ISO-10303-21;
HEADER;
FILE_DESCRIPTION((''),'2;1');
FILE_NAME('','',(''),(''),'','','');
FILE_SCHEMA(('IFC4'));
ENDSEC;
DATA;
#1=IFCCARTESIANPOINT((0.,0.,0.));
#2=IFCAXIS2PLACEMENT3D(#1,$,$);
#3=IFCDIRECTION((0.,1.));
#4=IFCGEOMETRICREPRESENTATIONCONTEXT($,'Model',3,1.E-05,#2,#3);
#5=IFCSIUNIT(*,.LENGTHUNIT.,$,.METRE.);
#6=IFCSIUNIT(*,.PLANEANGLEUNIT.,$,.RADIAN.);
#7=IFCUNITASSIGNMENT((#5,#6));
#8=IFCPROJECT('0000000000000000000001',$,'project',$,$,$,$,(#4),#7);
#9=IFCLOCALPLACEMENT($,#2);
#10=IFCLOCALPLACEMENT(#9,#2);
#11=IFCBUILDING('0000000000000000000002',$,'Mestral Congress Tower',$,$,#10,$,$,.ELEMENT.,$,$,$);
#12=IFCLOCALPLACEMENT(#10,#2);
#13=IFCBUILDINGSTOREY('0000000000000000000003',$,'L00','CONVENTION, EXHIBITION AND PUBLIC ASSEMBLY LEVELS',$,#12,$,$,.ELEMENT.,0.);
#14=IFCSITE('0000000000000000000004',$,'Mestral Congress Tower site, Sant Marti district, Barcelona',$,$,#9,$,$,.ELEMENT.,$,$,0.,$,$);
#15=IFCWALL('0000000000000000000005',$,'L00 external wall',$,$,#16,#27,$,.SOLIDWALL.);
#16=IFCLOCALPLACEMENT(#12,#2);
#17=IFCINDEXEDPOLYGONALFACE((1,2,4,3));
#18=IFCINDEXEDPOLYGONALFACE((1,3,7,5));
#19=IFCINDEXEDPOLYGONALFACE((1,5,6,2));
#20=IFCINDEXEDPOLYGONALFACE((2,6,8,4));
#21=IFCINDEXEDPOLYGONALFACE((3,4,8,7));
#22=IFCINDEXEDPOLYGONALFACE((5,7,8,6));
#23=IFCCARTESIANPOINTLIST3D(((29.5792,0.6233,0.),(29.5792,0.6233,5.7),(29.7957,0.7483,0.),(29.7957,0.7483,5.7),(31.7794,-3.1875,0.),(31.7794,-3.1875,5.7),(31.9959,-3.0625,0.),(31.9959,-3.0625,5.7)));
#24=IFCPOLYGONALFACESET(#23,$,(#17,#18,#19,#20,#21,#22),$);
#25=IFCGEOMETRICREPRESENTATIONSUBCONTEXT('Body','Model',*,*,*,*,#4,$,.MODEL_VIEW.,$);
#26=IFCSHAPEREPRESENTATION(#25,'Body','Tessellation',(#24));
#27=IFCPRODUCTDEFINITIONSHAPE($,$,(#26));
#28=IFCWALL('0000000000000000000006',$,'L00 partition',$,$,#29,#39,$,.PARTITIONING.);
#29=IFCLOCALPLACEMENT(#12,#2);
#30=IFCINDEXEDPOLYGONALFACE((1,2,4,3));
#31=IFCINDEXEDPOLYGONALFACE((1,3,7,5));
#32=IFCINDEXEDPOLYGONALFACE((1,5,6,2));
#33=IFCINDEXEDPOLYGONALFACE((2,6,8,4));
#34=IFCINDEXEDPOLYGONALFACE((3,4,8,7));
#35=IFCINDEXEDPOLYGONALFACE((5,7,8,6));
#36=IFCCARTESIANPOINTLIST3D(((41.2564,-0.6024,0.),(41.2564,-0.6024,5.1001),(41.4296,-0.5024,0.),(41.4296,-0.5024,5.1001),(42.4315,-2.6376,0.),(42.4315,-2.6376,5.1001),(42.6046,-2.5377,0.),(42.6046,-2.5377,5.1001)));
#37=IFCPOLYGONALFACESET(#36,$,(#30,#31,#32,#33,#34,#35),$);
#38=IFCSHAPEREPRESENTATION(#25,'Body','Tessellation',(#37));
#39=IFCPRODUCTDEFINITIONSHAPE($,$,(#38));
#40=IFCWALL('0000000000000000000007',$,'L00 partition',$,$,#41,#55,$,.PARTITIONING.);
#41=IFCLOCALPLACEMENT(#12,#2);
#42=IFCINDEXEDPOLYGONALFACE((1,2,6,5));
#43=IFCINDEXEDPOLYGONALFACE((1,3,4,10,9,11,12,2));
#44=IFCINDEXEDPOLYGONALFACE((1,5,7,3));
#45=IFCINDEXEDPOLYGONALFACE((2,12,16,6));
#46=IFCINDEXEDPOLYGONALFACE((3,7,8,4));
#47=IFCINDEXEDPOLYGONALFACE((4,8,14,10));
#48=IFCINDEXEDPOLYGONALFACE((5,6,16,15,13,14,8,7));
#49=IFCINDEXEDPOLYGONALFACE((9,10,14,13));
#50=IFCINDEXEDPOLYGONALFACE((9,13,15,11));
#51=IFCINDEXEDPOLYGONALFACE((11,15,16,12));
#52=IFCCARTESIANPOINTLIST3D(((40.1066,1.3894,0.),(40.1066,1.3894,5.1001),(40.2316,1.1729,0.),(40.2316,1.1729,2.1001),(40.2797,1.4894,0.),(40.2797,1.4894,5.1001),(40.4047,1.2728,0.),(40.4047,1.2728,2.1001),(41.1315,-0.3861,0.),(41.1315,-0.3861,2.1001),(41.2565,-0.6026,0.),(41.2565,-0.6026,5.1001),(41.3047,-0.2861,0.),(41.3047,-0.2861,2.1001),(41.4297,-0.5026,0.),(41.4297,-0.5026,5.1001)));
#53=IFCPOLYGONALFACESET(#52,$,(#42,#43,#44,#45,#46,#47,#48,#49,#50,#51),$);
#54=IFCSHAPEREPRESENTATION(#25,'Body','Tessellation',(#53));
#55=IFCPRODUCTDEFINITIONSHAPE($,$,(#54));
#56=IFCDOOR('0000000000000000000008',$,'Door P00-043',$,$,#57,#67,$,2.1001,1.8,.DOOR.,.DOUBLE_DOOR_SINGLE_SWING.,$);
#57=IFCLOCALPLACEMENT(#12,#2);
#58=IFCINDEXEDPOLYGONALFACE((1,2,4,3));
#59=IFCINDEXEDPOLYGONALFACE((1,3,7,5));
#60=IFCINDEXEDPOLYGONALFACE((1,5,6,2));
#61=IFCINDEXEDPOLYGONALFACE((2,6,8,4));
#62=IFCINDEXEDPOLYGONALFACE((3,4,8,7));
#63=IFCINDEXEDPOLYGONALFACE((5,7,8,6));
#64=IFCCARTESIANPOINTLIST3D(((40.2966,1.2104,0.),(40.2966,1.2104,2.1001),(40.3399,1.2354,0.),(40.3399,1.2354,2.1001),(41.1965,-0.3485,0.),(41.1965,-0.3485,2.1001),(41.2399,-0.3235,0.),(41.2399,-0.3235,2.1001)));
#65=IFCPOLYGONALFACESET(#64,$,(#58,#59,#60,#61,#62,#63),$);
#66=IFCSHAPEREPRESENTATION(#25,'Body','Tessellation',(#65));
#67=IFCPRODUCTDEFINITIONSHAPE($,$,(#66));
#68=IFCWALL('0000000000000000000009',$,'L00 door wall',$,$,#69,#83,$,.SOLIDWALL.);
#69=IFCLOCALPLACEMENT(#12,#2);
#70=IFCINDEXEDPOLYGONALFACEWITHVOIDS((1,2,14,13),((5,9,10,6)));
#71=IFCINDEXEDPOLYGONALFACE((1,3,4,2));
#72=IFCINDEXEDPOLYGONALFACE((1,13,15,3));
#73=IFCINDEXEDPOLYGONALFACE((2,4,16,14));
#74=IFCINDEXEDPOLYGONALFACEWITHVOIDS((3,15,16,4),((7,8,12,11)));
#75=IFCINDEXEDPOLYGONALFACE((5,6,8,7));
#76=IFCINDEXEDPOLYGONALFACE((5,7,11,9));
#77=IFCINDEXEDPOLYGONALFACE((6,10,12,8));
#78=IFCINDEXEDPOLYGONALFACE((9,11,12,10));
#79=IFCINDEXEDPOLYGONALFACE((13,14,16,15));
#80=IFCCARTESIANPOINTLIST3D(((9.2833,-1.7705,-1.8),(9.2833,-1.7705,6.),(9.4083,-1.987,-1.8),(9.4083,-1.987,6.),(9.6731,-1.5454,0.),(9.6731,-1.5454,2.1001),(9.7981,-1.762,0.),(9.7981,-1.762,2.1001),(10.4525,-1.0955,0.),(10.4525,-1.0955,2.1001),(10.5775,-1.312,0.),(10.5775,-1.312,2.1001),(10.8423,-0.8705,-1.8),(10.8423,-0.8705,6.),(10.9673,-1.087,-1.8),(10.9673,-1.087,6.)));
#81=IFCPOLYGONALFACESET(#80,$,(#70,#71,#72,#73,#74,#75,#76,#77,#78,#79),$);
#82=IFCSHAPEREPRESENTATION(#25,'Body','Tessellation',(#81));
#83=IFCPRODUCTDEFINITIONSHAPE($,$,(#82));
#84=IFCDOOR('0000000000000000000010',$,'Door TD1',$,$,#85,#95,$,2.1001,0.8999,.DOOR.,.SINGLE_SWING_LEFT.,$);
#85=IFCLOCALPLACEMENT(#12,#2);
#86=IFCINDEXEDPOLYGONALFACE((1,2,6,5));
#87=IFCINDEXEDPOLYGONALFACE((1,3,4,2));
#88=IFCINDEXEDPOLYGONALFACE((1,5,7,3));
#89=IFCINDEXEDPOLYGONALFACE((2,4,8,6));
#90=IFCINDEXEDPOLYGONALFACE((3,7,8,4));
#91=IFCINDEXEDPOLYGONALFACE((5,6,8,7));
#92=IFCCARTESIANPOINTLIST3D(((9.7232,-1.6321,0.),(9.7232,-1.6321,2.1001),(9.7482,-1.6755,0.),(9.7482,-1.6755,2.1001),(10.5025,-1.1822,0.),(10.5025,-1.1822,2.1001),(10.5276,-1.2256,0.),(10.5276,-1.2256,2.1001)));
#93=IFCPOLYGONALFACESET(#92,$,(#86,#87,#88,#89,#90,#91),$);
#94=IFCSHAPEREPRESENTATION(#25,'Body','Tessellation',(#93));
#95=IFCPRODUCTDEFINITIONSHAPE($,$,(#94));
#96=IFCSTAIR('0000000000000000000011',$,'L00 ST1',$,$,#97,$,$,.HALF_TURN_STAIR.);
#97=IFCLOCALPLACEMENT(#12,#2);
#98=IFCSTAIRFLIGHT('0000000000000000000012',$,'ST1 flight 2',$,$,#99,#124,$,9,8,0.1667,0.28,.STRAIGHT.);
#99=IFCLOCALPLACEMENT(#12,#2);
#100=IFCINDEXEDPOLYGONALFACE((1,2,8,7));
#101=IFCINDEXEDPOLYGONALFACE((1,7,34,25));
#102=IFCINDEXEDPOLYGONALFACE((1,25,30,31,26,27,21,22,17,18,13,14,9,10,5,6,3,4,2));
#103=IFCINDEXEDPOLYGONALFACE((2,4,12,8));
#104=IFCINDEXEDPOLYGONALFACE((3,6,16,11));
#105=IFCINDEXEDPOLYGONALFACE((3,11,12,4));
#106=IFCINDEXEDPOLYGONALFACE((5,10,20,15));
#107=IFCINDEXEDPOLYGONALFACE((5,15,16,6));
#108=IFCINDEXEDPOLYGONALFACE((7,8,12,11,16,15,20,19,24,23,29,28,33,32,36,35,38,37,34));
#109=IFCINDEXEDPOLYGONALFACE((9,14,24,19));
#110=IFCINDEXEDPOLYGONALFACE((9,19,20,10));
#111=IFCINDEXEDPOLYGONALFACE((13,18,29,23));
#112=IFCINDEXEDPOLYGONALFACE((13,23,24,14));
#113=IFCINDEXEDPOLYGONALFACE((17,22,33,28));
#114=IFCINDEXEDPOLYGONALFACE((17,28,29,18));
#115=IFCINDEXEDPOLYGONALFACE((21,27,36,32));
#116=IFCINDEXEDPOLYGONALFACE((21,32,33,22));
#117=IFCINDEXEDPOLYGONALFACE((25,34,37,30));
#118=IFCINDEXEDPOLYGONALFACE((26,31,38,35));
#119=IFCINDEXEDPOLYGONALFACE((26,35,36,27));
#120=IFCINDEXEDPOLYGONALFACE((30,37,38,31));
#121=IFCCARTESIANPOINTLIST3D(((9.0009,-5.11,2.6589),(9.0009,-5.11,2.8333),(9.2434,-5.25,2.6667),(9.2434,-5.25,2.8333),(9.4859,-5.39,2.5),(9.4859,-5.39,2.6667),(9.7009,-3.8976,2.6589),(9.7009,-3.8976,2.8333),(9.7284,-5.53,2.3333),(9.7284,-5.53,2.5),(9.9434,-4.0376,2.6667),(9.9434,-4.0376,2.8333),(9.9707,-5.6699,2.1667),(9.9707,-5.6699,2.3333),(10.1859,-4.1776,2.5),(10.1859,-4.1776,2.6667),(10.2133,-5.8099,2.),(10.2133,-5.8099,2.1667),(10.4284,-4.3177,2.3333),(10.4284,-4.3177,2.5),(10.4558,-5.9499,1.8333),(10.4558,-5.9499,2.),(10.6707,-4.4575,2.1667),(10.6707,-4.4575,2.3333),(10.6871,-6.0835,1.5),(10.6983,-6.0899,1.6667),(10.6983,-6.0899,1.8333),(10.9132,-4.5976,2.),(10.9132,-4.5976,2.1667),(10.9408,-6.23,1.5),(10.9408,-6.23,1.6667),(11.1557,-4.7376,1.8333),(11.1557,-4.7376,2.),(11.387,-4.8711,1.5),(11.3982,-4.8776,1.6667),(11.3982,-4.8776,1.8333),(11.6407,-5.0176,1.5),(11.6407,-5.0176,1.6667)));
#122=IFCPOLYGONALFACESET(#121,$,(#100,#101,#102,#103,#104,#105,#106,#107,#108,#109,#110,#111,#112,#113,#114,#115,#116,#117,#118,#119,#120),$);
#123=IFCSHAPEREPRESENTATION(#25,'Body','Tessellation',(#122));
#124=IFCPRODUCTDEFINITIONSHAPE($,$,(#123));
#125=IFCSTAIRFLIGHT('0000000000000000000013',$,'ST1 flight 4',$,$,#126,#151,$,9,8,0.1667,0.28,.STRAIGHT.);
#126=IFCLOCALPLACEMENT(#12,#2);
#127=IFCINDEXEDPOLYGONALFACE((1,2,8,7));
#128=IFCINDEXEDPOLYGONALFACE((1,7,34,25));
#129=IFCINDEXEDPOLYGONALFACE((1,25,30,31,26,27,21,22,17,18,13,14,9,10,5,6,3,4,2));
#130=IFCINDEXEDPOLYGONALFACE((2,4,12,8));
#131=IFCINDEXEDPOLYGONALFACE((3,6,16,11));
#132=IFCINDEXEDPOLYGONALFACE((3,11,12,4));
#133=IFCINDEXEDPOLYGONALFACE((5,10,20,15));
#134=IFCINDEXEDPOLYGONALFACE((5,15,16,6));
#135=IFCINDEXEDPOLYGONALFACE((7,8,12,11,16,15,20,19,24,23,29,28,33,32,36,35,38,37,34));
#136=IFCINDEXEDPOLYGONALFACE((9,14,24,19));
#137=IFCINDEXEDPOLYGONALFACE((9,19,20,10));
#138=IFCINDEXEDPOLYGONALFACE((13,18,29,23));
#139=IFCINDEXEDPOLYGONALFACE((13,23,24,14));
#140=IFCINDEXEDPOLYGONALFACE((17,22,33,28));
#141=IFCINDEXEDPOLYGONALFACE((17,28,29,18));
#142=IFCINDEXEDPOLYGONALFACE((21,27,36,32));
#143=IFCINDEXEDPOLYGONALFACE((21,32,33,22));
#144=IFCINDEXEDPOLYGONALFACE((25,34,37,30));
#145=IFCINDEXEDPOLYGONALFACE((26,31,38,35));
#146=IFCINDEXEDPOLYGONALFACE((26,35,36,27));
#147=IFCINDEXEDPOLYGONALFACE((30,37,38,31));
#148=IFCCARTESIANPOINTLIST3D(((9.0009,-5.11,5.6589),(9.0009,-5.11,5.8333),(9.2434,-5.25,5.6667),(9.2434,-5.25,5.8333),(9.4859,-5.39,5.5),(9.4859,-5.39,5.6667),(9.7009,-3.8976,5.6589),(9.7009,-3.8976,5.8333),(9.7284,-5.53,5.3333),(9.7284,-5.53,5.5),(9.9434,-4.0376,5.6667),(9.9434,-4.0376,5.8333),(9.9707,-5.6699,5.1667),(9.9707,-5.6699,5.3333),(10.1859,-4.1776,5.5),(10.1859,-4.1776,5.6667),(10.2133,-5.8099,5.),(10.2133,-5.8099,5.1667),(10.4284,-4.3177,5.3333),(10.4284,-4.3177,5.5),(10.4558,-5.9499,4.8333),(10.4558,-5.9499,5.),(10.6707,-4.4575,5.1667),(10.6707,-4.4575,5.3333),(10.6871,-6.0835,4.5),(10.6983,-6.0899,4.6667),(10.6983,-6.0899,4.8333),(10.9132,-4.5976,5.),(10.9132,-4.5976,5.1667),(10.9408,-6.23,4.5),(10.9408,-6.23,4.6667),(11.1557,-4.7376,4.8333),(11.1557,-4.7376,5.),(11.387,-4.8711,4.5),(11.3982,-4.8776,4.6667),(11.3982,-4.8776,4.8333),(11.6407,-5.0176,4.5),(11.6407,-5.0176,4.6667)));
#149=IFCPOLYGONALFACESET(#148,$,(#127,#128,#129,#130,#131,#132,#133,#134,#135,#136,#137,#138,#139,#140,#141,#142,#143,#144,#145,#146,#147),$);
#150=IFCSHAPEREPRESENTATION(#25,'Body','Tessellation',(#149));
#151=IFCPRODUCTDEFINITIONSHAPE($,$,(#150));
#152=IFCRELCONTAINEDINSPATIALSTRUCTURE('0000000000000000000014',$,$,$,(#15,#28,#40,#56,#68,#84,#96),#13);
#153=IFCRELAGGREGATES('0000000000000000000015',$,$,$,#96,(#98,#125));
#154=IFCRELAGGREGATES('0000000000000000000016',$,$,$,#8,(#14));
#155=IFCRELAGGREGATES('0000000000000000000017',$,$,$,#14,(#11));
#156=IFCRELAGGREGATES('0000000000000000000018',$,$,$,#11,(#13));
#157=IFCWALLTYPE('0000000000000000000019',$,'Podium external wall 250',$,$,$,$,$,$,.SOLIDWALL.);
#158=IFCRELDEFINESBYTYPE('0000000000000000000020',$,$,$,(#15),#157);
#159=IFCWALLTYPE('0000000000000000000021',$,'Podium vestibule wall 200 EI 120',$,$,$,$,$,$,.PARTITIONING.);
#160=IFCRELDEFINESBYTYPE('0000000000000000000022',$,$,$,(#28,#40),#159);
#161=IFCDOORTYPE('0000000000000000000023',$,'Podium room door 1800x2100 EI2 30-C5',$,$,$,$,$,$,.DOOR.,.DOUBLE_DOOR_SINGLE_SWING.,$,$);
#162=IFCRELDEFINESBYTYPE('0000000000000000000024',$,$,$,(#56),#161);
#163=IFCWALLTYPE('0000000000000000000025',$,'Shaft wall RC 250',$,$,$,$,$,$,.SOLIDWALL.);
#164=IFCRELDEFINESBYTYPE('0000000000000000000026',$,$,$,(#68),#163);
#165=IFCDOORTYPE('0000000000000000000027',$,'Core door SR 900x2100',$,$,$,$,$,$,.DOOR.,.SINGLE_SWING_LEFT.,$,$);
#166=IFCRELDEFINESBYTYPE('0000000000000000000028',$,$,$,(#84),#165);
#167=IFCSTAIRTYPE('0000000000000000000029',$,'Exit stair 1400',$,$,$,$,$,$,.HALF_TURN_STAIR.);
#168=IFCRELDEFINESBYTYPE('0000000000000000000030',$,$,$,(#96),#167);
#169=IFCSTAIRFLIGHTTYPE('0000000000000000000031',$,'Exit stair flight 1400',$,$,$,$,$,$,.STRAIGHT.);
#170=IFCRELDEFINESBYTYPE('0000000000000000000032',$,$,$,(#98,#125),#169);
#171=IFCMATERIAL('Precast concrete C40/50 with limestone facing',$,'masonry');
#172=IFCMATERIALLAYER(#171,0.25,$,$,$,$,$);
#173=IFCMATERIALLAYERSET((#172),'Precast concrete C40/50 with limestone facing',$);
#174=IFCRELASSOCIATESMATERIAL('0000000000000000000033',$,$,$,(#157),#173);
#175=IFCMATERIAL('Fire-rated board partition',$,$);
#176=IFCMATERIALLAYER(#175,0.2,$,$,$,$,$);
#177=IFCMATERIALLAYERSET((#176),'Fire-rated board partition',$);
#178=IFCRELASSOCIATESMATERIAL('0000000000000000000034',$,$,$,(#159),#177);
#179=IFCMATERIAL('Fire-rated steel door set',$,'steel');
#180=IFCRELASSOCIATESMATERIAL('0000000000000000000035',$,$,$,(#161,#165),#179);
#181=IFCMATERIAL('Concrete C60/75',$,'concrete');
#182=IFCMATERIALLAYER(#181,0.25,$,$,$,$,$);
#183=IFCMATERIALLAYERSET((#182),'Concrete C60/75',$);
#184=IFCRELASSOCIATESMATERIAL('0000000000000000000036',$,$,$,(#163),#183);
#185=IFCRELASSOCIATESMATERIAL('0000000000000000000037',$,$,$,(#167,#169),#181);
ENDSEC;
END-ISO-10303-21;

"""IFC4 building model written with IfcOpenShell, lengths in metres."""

from ifc_helpers import new_model, si_unit, direction, frame, frame_2d, origin, place, context, subcontext, project, spatial, polyline, rectangle, outline, extrude, material, layer, layer_set, type_object, element, fill, aggregate, save


model = new_model("IFC4")

# Units and contexts
model_context = context("Model", 3, precision=1e-05, world=origin(), true_north=direction((0.0, 1.0)))
body_context = subcontext(model_context, "Body", "Model", "MODEL_VIEW")
ifc_project = project(units=[si_unit("LENGTHUNIT", "METRE"), si_unit("PLANEANGLEUNIT", "RADIAN")], contexts=[model_context])

# Site, building, storey
site_placement = place(None, origin())
site = spatial("IfcSite", under=ifc_project, at=site_placement, Name="Mestral Congress Tower site, Sant Marti district, Barcelona", CompositionType="ELEMENT", RefElevation=0.0)
building_placement = place(site_placement, origin())
building = spatial("IfcBuilding", under=site, at=building_placement, Name="Mestral Congress Tower", CompositionType="ELEMENT")
storey_placement = place(building_placement, origin())
storey = spatial("IfcBuildingStorey", under=building, at=storey_placement, Name="L00", Description="CONVENTION, EXHIBITION AND PUBLIC ASSEMBLY LEVELS", CompositionType="ELEMENT", Elevation=0.0)

# Shared definitions
ifc_material_1 = material(Name="Precast concrete C40/50 with limestone facing", Category="masonry")
ifc_layer_1 = layer(ifc_material_1, 0.25)
ifc_layer_set_1 = layer_set([ifc_layer_1], Name="Precast concrete C40/50 with limestone facing")
wall_type_1 = type_object("IfcWallType", Name="Podium external wall 250", PredefinedType="SOLIDWALL", material=ifc_layer_set_1)

# Walls
wall_1_placement = place(storey_placement, frame((31.8877, -3.125, 0.0), z_axis=(0.0, 0.0, 1.0), x_axis=(-0.500006, 0.866022, 0.0)))
element("IfcWall", 1, at=wall_1_placement, inside=storey, type_object=wall_type_1, Name="L00 external wall", PredefinedType="SOLIDWALL", context=body_context, shape_type="SweptSolid", body=[
    extrude(rectangle(XDim=4.4004, YDim=0.25, at=frame_2d((2.2002, 0.0))), origin(), (0.0, 0.0, 1.0), 5.7),
])
ifc_material_2 = material(Name="Fire-rated board partition")
ifc_layer_2 = layer(ifc_material_2, 0.2)
ifc_layer_set_2 = layer_set([ifc_layer_2], Name="Fire-rated board partition")
wall_type_2 = type_object("IfcWallType", Name="Podium vestibule wall 200 EI 120", PredefinedType="PARTITIONING", material=ifc_layer_set_2)
wall_2_placement = place(storey_placement, frame((42.5181, -2.5876, 0.0), z_axis=(0.0, 0.0, 1.0), x_axis=(-0.500016, 0.866016, 0.0)))
element("IfcWall", 2, at=wall_2_placement, inside=storey, type_object=wall_type_2, Name="L00 partition", PredefinedType="PARTITIONING", context=body_context, shape_type="SweptSolid", body=[
    extrude(rectangle(XDim=2.3501, YDim=0.2, at=frame_2d((1.175, 0.0))), origin(), (0.0, 0.0, 1.0), 5.1001),
])

# Walls, openings, doors
wall_3_placement = place(storey_placement, frame((41.343, -0.5525, 0.0), z_axis=(0.0, 0.0, 1.0), x_axis=(-0.499952, 0.866053, 0.0)))
wall_3 = element("IfcWall", 3, at=wall_3_placement, inside=storey, type_object=wall_type_2, Name="L00 partition", PredefinedType="PARTITIONING", context=body_context, shape_type="SweptSolid", body=[
    extrude(rectangle(XDim=2.3, YDim=0.2, at=frame_2d((1.1499, 0.0))), origin(), (0.0, 0.0, 1.0), 5.1001),
])
opening_1_placement = place(wall_3_placement, frame((0.25, 0.0, 0.0)))
opening_1 = element("IfcOpeningElement", 4, at=opening_1_placement, cuts=wall_3, PredefinedType="OPENING", context=body_context, shape_type="SweptSolid", body=[
    extrude(rectangle(XDim=1.8, YDim=2.1001, at=frame_2d((0.8999, 1.05))), frame((0.0, 0.1099, 0.0), z_axis=(0.0, -1.0, 0.0), x_axis=(1.0, 0.0, 0.0)), (0.0, 0.0, 1.0), 0.22),
])
ifc_material_3 = material(Name="Fire-rated steel door set", Category="steel")
door_type_1 = type_object("IfcDoorType", Name="Podium room door 1800x2100 EI2 30-C5", OperationType="DOUBLE_DOOR_SINGLE_SWING", PredefinedType="DOOR", material=ifc_material_3)
door_1_placement = place(opening_1_placement, origin())
door_1 = element("IfcDoor", 5, at=door_1_placement, inside=storey, type_object=door_type_1, Name="Door P00-043", OperationType="DOUBLE_DOOR_SINGLE_SWING", OverallHeight=2.1001, OverallWidth=1.8, PredefinedType="DOOR", context=body_context, shape_type="SweptSolid", body=[
    extrude(rectangle(XDim=1.8, YDim=2.1001, at=frame_2d((0.8999, 1.05))), frame((0.0, 0.0249, 0.0), z_axis=(0.0, -1.0, 0.0), x_axis=(1.0, 0.0, 0.0)), (0.0, 0.0, 1.0), 0.05),
])
fill(opening_1, door_1)
ifc_material_4 = material(Name="Concrete C60/75", Category="concrete")
ifc_layer_3 = layer(ifc_material_4, 0.25)
ifc_layer_set_3 = layer_set([ifc_layer_3], Name="Concrete C60/75")
wall_type_3 = type_object("IfcWallType", Name="Shaft wall RC 250", PredefinedType="SOLIDWALL", material=ifc_layer_set_3)
wall_4_placement = place(storey_placement, frame((9.3459, -1.8787, -1.8), z_axis=(0.0, 0.0, 1.0), x_axis=(0.866048, 0.499961, 0.0)))
wall_4 = element("IfcWall", 6, at=wall_4_placement, inside=storey, type_object=wall_type_3, Name="L00 door wall", PredefinedType="SOLIDWALL", context=body_context, shape_type="SweptSolid", body=[
    extrude(rectangle(XDim=1.8, YDim=0.25, at=frame_2d((0.8999, 0.0))), origin(), (0.0, 0.0, 1.0), 7.8),
])
opening_2_placement = place(wall_4_placement, frame((0.45, 0.0, 1.8)))
opening_2 = element("IfcOpeningElement", 7, at=opening_2_placement, cuts=wall_4, PredefinedType="OPENING", context=body_context, shape_type="SweptSolid", body=[
    extrude(rectangle(XDim=0.8999, YDim=2.1001, at=frame_2d((0.45, 1.05))), frame((0.0, 0.135, 0.0), z_axis=(0.0, -1.0, 0.0), x_axis=(1.0, 0.0, 0.0)), (0.0, 0.0, 1.0), 0.27),
])
door_type_2 = type_object("IfcDoorType", Name="Core door SR 900x2100", OperationType="SINGLE_SWING_LEFT", PredefinedType="DOOR", material=ifc_material_3)
door_2_placement = place(opening_2_placement, origin())
door_2 = element("IfcDoor", 8, at=door_2_placement, inside=storey, type_object=door_type_2, Name="Door TD1", OperationType="SINGLE_SWING_LEFT", OverallHeight=2.1001, OverallWidth=0.8999, PredefinedType="DOOR", context=body_context, shape_type="SweptSolid", body=[
    extrude(rectangle(XDim=0.8999, YDim=2.1001, at=frame_2d((0.45, 1.05))), frame((0.0, 0.0249, 0.0), z_axis=(0.0, -1.0, 0.0), x_axis=(1.0, 0.0, 0.0)), (0.0, 0.0, 1.0), 0.05),
])
fill(opening_2, door_2)

# Stair, stair flights
stair_type = type_object("IfcStairType", Name="Exit stair 1400", PredefinedType="HALF_TURN_STAIR", material=ifc_material_4)
stair_placement = place(storey_placement, origin())
stair = element("IfcStair", 9, at=stair_placement, inside=storey, type_object=stair_type, Name="L00 ST1", PredefinedType="HALF_TURN_STAIR")
stair_flight_type = type_object("IfcStairFlightType", Name="Exit stair flight 1400", PredefinedType="STRAIGHT", material=ifc_material_4)
stair_flight_1_placement = place(storey_placement, frame((11.2908, -5.6238, 1.5), z_axis=(0.0, 0.0, 1.0), x_axis=(-0.866025, 0.5, 0.0)))
stair_flight_1 = element("IfcStairFlight", 10, at=stair_flight_1_placement, type_object=stair_flight_type, Name="ST1 flight 2", NumberOfRisers=9, NumberOfTreads=8, PredefinedType="STRAIGHT", RiserHeight=0.1667, TreadLength=0.28, context=body_context, shape_type="SweptSolid", body=[
    extrude(outline(polyline([(0.0, 0.0), (0.0, 0.1667), (0.28, 0.1667), (0.28, 0.3333), (0.5601, 0.3333), (0.5601, 0.5), (0.8401, 0.5), (0.8401, 0.6667), (1.1201, 0.6667), (1.1201, 0.8333), (1.3999, 0.8333), (1.3999, 1.0), (1.6799, 1.0), (1.6799, 1.1667), (1.96, 1.1667), (1.96, 1.3333), (2.24, 1.3333), (2.24, 1.5), (2.24, 1.1589), (0.293, 0.0), (0.0, 0.0)])), frame((0.0, 0.7, 0.0), z_axis=(0.0, -1.0, 0.0), x_axis=(1.0, 0.0, 0.0)), (0.0, 0.0, 1.0), 1.3999),
])
stair_flight_2_placement = place(storey_placement, frame((11.2908, -5.6238, 4.5), z_axis=(0.0, 0.0, 1.0), x_axis=(-0.866025, 0.5, 0.0)))
stair_flight_2 = element("IfcStairFlight", 11, at=stair_flight_2_placement, type_object=stair_flight_type, Name="ST1 flight 4", NumberOfRisers=9, NumberOfTreads=8, PredefinedType="STRAIGHT", RiserHeight=0.1667, TreadLength=0.28, context=body_context, shape_type="SweptSolid", body=[
    extrude(outline(polyline([(0.0, 0.0), (0.0, 0.1667), (0.28, 0.1667), (0.28, 0.3333), (0.5601, 0.3333), (0.5601, 0.5), (0.8401, 0.5), (0.8401, 0.6667), (1.1201, 0.6667), (1.1201, 0.8333), (1.3999, 0.8333), (1.3999, 1.0), (1.6799, 1.0), (1.6799, 1.1667), (1.96, 1.1667), (1.96, 1.3333), (2.24, 1.3333), (2.24, 1.5), (2.24, 1.1589), (0.293, 0.0), (0.0, 0.0)])), frame((0.0, 0.7, 0.0), z_axis=(0.0, -1.0, 0.0), x_axis=(1.0, 0.0, 0.0)), (0.0, 0.0, 1.0), 1.3999),
])
aggregate(stair, [stair_flight_1, stair_flight_2])

save(model, "model.ifc")
